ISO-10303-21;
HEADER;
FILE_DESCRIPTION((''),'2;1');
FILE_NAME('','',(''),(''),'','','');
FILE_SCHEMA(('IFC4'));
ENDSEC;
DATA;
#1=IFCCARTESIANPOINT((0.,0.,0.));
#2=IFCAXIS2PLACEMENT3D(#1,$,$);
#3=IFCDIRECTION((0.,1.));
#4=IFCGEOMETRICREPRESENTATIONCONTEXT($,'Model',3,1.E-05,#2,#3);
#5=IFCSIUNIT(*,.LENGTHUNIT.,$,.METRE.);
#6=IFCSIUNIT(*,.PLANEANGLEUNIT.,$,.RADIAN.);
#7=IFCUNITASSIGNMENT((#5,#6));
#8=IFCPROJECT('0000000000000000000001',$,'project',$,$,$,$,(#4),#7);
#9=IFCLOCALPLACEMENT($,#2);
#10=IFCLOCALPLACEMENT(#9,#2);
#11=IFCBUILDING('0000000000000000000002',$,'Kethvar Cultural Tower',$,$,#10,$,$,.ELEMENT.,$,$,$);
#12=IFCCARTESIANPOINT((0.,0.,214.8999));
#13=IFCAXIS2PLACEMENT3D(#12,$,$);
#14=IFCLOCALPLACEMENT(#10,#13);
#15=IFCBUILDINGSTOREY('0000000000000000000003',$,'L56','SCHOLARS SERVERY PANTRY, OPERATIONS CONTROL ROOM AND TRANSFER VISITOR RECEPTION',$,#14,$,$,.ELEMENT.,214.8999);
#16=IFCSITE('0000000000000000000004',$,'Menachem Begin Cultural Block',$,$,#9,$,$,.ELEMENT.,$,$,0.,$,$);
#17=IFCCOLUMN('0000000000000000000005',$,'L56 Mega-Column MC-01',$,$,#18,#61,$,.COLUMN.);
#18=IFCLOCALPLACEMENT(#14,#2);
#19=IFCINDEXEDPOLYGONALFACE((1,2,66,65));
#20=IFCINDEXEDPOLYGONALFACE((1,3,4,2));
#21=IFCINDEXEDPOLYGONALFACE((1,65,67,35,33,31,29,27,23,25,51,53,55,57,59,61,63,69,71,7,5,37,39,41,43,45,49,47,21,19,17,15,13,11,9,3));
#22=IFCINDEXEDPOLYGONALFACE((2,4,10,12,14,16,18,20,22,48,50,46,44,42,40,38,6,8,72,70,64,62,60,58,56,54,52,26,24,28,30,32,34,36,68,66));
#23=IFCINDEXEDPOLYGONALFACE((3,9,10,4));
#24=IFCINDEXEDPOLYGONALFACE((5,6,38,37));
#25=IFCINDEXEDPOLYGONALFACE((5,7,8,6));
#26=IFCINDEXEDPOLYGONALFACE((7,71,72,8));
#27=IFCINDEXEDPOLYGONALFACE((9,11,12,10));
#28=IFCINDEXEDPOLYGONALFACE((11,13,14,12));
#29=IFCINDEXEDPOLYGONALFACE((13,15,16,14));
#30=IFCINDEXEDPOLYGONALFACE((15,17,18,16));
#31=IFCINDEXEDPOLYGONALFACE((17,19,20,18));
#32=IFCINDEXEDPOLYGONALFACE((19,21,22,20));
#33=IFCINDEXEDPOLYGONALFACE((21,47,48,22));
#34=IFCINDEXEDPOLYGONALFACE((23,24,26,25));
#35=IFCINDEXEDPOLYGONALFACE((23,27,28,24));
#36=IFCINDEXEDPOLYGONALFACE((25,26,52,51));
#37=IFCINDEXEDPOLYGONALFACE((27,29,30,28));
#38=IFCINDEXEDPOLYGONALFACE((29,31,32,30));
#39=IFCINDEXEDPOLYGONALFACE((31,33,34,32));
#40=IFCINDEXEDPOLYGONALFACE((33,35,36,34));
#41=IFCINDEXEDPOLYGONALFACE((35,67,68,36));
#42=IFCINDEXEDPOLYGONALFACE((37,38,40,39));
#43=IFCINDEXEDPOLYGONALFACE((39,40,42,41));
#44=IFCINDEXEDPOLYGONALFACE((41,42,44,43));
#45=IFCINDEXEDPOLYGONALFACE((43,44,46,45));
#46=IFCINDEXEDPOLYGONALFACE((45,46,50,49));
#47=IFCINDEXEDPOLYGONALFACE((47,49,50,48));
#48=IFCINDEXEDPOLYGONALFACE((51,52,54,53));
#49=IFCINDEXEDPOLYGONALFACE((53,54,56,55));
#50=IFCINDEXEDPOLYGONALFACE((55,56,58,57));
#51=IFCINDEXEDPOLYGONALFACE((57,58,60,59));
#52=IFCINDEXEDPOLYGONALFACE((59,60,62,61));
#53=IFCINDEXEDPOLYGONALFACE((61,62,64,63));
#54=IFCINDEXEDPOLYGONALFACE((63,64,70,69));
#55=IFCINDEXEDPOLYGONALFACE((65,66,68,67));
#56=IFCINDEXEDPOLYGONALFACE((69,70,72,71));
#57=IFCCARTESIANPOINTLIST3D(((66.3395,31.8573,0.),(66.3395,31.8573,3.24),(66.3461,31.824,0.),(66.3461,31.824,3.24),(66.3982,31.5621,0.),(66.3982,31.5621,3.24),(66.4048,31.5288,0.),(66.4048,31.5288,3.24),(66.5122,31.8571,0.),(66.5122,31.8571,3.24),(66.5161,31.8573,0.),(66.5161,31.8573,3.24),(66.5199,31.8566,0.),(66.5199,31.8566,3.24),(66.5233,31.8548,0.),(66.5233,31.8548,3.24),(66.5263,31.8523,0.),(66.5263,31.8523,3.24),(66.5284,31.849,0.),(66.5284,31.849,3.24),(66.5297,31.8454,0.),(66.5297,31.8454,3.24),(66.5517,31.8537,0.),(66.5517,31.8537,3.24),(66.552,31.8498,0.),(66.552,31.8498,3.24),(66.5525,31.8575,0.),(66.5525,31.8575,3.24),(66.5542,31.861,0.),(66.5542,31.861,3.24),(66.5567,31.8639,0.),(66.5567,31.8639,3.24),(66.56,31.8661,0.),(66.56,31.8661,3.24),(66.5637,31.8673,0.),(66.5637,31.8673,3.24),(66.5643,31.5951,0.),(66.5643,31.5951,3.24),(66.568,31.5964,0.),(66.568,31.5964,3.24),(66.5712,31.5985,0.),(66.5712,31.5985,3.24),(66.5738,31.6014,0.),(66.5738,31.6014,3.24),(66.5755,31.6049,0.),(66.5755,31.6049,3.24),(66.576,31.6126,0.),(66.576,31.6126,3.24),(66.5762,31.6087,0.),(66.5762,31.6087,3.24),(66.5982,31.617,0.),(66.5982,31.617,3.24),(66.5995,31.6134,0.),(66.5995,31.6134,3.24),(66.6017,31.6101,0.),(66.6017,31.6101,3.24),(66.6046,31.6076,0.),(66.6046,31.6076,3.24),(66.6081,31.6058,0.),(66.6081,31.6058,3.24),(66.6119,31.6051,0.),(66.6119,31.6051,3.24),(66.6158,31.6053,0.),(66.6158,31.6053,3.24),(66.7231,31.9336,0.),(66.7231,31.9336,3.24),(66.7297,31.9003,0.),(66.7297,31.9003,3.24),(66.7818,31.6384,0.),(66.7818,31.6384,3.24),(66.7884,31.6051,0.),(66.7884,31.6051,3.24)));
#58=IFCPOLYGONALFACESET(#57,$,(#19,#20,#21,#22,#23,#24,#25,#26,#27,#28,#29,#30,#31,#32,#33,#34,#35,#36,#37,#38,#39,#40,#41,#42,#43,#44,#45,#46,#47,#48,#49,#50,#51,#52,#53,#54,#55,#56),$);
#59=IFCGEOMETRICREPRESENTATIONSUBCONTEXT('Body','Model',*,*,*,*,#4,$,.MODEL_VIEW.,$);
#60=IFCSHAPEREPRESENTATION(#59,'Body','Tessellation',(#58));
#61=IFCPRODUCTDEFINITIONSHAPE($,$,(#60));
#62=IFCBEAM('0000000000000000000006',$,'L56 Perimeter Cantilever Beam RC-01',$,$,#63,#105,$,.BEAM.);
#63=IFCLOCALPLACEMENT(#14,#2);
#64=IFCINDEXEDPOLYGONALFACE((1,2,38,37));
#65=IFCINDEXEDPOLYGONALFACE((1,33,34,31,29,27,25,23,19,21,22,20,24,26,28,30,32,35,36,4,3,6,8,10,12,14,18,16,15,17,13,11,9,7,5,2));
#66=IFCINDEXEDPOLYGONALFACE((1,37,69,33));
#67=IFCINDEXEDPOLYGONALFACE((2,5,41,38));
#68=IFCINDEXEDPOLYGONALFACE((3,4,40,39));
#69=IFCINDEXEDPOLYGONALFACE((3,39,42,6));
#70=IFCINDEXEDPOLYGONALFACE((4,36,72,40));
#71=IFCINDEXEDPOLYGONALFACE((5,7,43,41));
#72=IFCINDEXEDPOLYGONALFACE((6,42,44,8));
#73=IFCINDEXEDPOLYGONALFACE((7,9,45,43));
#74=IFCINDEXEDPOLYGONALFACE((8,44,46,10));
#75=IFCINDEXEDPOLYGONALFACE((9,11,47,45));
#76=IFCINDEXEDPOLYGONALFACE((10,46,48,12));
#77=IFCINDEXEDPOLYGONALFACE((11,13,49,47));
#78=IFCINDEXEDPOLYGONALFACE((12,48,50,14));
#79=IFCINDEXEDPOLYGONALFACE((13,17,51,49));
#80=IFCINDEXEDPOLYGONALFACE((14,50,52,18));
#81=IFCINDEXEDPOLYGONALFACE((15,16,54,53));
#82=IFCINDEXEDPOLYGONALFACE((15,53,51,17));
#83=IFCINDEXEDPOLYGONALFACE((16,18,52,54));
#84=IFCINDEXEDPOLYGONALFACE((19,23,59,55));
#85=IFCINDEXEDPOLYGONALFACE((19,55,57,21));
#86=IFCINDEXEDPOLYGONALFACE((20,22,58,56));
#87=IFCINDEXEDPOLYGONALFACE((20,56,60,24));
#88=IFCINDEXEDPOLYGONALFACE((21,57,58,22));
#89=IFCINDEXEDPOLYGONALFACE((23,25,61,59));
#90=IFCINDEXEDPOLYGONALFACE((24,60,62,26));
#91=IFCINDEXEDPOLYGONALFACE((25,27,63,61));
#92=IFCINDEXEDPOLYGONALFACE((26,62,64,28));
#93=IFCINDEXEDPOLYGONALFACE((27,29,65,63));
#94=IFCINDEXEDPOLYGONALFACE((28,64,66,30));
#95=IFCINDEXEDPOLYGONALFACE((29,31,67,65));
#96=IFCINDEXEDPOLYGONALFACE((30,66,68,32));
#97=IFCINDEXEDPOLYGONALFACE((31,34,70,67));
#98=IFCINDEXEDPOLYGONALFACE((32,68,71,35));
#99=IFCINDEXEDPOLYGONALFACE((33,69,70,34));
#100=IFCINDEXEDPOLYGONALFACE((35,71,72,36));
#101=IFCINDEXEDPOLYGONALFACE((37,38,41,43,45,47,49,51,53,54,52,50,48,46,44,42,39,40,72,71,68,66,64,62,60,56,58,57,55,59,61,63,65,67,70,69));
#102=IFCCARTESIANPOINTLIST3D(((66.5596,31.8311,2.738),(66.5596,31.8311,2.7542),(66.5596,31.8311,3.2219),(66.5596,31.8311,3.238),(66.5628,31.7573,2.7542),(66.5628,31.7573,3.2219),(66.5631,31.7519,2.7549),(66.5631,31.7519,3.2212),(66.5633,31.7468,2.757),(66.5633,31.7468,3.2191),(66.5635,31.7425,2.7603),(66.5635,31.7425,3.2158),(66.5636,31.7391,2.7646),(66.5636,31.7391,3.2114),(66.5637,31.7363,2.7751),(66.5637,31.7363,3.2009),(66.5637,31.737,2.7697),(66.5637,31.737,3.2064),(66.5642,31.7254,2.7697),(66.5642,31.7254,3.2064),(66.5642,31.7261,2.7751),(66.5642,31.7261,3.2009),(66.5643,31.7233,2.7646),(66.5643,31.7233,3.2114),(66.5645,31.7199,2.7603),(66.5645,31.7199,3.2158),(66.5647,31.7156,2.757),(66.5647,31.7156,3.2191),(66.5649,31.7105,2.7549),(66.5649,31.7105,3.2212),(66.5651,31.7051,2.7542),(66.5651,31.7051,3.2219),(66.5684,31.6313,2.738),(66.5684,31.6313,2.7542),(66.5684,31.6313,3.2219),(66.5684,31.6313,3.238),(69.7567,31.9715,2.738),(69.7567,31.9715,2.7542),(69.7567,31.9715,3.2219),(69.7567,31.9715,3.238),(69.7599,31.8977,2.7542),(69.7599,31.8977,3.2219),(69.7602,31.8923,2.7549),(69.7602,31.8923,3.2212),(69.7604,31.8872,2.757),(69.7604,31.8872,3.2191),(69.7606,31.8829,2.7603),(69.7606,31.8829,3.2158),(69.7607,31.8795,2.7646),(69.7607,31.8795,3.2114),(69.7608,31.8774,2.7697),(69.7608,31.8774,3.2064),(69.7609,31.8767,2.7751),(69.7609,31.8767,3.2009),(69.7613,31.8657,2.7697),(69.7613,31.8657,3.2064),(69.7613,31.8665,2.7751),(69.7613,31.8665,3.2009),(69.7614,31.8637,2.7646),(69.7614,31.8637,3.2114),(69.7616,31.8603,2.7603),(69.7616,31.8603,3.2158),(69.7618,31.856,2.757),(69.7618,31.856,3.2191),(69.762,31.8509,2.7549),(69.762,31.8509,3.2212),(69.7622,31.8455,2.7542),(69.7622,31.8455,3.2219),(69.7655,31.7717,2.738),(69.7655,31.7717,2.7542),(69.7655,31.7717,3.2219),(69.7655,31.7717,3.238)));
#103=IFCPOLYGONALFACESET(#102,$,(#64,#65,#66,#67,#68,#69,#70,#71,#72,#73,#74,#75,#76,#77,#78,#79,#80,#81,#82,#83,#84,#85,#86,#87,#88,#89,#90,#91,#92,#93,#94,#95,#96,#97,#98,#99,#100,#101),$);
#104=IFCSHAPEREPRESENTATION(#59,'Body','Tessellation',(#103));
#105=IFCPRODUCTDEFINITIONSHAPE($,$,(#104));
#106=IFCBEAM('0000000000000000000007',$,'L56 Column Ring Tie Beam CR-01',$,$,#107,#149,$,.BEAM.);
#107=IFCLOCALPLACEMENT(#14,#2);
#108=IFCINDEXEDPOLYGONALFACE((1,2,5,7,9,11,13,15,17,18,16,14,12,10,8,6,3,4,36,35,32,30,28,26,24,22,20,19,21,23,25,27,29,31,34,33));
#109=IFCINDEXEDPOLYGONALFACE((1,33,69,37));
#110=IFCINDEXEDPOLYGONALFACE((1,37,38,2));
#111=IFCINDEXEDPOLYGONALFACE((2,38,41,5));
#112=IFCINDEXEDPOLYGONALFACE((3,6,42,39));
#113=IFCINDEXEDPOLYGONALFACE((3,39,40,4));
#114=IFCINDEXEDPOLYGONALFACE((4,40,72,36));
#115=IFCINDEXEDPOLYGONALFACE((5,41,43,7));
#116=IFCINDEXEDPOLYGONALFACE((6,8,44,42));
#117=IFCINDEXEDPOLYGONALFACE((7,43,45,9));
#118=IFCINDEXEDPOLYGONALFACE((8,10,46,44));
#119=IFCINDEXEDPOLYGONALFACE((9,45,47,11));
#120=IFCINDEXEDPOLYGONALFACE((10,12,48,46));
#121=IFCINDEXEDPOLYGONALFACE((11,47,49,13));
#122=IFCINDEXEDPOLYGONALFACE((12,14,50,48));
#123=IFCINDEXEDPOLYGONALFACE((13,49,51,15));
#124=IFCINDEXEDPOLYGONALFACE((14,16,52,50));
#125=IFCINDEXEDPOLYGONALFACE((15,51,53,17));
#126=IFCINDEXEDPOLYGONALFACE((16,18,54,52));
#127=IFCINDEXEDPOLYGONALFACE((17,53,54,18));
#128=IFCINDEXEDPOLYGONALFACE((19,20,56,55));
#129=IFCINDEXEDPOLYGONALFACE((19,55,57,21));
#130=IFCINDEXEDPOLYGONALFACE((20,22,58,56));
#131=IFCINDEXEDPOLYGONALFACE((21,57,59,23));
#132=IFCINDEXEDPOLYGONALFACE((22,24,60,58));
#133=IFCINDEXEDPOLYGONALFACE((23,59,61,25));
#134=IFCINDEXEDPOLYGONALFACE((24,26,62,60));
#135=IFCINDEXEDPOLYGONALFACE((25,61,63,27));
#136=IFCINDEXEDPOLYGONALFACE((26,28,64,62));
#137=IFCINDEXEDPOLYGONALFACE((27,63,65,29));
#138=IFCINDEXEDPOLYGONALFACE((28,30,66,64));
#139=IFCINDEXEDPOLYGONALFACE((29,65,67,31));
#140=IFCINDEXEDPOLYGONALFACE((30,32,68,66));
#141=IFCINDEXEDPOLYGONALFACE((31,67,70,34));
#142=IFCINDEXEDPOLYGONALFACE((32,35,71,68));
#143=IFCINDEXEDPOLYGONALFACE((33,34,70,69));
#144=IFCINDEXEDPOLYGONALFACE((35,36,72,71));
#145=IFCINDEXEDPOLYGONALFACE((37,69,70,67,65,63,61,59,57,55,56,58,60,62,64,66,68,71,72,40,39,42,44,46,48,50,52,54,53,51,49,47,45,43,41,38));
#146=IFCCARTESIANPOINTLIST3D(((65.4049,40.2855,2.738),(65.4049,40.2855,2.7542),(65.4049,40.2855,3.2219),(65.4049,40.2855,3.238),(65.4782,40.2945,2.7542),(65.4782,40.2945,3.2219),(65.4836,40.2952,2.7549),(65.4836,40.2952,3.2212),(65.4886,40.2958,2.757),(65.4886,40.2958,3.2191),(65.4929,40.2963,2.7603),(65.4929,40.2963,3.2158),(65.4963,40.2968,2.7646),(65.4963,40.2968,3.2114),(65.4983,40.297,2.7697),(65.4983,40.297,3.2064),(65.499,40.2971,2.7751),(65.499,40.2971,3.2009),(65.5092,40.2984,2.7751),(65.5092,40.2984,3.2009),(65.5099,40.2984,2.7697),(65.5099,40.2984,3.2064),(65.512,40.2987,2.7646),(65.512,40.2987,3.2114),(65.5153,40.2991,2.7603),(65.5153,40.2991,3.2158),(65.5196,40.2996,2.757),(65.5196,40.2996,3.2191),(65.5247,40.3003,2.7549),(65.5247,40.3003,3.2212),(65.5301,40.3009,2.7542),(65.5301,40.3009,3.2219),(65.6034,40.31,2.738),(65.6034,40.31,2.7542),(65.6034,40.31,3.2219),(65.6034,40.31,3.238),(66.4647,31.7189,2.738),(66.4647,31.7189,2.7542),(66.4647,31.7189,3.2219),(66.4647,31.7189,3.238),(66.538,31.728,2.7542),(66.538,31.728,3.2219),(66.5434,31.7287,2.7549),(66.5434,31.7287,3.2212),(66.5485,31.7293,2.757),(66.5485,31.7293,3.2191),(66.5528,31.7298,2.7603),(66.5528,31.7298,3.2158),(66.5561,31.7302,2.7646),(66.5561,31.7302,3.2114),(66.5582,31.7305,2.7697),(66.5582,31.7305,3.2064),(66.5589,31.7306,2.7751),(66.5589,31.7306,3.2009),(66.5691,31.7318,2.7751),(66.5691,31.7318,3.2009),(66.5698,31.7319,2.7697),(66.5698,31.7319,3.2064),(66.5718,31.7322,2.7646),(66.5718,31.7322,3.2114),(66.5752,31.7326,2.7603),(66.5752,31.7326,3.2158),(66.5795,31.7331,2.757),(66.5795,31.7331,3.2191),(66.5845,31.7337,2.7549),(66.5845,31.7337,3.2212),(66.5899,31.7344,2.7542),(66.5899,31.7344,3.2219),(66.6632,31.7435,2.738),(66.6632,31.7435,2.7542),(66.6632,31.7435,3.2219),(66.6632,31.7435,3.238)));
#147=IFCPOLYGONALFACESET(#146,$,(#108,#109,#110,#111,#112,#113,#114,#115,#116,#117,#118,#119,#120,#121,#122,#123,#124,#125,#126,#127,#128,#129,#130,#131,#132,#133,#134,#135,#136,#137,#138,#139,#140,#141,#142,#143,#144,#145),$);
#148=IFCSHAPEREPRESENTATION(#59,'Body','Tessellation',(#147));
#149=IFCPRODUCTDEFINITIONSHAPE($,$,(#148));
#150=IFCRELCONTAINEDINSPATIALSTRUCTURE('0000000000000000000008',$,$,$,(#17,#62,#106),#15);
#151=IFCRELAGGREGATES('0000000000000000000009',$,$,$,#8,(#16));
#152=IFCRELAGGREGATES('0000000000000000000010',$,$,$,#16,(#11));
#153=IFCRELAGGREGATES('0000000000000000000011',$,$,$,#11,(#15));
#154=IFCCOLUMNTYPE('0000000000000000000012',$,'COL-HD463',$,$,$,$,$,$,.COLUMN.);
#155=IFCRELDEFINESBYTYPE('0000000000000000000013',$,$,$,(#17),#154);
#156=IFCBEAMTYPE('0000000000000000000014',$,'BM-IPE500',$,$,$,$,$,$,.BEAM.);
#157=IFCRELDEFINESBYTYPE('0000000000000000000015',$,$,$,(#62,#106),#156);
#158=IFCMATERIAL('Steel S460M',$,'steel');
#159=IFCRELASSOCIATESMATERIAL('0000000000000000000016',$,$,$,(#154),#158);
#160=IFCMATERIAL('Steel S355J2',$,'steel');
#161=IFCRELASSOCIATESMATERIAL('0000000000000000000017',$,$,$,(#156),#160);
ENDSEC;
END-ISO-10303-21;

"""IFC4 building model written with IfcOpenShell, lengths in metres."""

from ifc_helpers import new_model, si_unit, direction, frame, origin, origin_2d, place, context, subcontext, project, spatial, i_section, extrude, source, transform, mapped, material, material_profile, profile_set, type_object, element, save


model = new_model("IFC4")

# Units and contexts
model_context = context("Model", 3, precision=1e-05, world=origin(), true_north=direction((0.0, 1.0)))
body_context = subcontext(model_context, "Body", "Model", "MODEL_VIEW")
ifc_project = project(units=[si_unit("LENGTHUNIT", "METRE"), si_unit("PLANEANGLEUNIT", "RADIAN")], contexts=[model_context])

# Site, building, storey
site_placement = place(None, origin())
site = spatial("IfcSite", under=ifc_project, at=site_placement, Name="Menachem Begin Cultural Block", CompositionType="ELEMENT", RefElevation=0.0)
building_placement = place(site_placement, origin())
building = spatial("IfcBuilding", under=site, at=building_placement, Name="Kethvar Cultural Tower", CompositionType="ELEMENT")
storey_placement = place(building_placement, frame((0.0, 0.0, 214.8999)))
storey = spatial("IfcBuildingStorey", under=building, at=storey_placement, Name="L56", Description="SCHOLARS SERVERY PANTRY, OPERATIONS CONTROL ROOM AND TRANSFER VISITOR RECEPTION", CompositionType="ELEMENT", Elevation=214.8999)

# Column
ifc_material_1 = material(Name="Steel S460M", Category="steel")
ifc_material_profile_1 = material_profile(ifc_material_1, i_section(OverallWidth=0.3911, OverallDepth=0.335, WebThickness=0.0227, FlangeThickness=0.0339, FilletRadius=0.0149, at=origin_2d()), Name="Steel S460M — HD400x463")
ifc_profile_set_1 = profile_set([ifc_material_profile_1], Name="Steel S460M — HD400x463")
column_type = type_object("IfcColumnType", Name="COL-HD463", PredefinedType="COLUMN", material=ifc_profile_set_1)
shared_shape_1 = source(origin(), body_context, "Body", "SweptSolid", [
    extrude(i_section(OverallWidth=0.3911, OverallDepth=0.335, WebThickness=0.0227, FlangeThickness=0.0339, FilletRadius=0.0149, at=origin_2d()), origin(), (0.0, 0.0, 1.0), 3.24),
])
column_placement = place(storey_placement, frame((66.564, 31.7312, 0.0), z_axis=(0.0, 0.0, 1.0), x_axis=(0.980785, 0.19509, 0.0)))
element("IfcColumn", 1, at=column_placement, inside=storey, type_object=column_type, Name="L56 Mega-Column MC-01", PredefinedType="COLUMN", context=body_context, shape_type="MappedRepresentation", body=[
    mapped(shared_shape_1, transform((0.0, 0.0, 0.0), scale=1.0)),
])

# Beams
ifc_material_2 = material(Name="Steel S355J2", Category="steel")
ifc_material_profile_2 = material_profile(ifc_material_2, i_section(OverallWidth=0.2, OverallDepth=0.5, WebThickness=0.0103, FlangeThickness=0.0161, FilletRadius=0.021, at=origin_2d()), Name="Steel S355J2 — IPE500")
ifc_profile_set_2 = profile_set([ifc_material_profile_2], Name="Steel S355J2 — IPE500")
beam_type_1 = type_object("IfcBeamType", Name="BM-IPE500", PredefinedType="BEAM", material=ifc_profile_set_2)
shared_shape_2 = source(origin(), body_context, "Body", "SweptSolid", [
    extrude(i_section(OverallWidth=0.2, OverallDepth=0.5, WebThickness=0.0103, FlangeThickness=0.0161, FilletRadius=0.021, at=origin_2d()), origin(), (0.0, 0.0, 1.0), 3.2002),
])
beam_1_placement = place(storey_placement, frame((66.564, 31.7312, 2.988), z_axis=(0.999037, 0.043868, 0.0), x_axis=(-0.043868, 0.999037, 0.0)))
element("IfcBeam", 2, at=beam_1_placement, inside=storey, type_object=beam_type_1, Name="L56 Perimeter Cantilever Beam RC-01", PredefinedType="BEAM", context=body_context, shape_type="MappedRepresentation", body=[
    mapped(shared_shape_2, transform((0.0, 0.0, 0.0), scale=1.0)),
])
shared_shape_3 = source(origin(), body_context, "Body", "SweptSolid", [
    extrude(i_section(OverallWidth=0.2, OverallDepth=0.5, WebThickness=0.0103, FlangeThickness=0.0161, FilletRadius=0.021, at=origin_2d()), origin(), (0.0, 0.0, 1.0), 8.6318),
])
beam_2_placement = place(storey_placement, frame((66.564, 31.7312, 2.988), z_axis=(-0.122781, 0.992434, 0.0), x_axis=(-0.992434, -0.122781, 0.0)))
element("IfcBeam", 3, at=beam_2_placement, inside=storey, type_object=beam_type_1, Name="L56 Column Ring Tie Beam CR-01", PredefinedType="BEAM", context=body_context, shape_type="MappedRepresentation", body=[
    mapped(shared_shape_3, transform((0.0, 0.0, 0.0), scale=1.0)),
])

save(model, "model.ifc")
